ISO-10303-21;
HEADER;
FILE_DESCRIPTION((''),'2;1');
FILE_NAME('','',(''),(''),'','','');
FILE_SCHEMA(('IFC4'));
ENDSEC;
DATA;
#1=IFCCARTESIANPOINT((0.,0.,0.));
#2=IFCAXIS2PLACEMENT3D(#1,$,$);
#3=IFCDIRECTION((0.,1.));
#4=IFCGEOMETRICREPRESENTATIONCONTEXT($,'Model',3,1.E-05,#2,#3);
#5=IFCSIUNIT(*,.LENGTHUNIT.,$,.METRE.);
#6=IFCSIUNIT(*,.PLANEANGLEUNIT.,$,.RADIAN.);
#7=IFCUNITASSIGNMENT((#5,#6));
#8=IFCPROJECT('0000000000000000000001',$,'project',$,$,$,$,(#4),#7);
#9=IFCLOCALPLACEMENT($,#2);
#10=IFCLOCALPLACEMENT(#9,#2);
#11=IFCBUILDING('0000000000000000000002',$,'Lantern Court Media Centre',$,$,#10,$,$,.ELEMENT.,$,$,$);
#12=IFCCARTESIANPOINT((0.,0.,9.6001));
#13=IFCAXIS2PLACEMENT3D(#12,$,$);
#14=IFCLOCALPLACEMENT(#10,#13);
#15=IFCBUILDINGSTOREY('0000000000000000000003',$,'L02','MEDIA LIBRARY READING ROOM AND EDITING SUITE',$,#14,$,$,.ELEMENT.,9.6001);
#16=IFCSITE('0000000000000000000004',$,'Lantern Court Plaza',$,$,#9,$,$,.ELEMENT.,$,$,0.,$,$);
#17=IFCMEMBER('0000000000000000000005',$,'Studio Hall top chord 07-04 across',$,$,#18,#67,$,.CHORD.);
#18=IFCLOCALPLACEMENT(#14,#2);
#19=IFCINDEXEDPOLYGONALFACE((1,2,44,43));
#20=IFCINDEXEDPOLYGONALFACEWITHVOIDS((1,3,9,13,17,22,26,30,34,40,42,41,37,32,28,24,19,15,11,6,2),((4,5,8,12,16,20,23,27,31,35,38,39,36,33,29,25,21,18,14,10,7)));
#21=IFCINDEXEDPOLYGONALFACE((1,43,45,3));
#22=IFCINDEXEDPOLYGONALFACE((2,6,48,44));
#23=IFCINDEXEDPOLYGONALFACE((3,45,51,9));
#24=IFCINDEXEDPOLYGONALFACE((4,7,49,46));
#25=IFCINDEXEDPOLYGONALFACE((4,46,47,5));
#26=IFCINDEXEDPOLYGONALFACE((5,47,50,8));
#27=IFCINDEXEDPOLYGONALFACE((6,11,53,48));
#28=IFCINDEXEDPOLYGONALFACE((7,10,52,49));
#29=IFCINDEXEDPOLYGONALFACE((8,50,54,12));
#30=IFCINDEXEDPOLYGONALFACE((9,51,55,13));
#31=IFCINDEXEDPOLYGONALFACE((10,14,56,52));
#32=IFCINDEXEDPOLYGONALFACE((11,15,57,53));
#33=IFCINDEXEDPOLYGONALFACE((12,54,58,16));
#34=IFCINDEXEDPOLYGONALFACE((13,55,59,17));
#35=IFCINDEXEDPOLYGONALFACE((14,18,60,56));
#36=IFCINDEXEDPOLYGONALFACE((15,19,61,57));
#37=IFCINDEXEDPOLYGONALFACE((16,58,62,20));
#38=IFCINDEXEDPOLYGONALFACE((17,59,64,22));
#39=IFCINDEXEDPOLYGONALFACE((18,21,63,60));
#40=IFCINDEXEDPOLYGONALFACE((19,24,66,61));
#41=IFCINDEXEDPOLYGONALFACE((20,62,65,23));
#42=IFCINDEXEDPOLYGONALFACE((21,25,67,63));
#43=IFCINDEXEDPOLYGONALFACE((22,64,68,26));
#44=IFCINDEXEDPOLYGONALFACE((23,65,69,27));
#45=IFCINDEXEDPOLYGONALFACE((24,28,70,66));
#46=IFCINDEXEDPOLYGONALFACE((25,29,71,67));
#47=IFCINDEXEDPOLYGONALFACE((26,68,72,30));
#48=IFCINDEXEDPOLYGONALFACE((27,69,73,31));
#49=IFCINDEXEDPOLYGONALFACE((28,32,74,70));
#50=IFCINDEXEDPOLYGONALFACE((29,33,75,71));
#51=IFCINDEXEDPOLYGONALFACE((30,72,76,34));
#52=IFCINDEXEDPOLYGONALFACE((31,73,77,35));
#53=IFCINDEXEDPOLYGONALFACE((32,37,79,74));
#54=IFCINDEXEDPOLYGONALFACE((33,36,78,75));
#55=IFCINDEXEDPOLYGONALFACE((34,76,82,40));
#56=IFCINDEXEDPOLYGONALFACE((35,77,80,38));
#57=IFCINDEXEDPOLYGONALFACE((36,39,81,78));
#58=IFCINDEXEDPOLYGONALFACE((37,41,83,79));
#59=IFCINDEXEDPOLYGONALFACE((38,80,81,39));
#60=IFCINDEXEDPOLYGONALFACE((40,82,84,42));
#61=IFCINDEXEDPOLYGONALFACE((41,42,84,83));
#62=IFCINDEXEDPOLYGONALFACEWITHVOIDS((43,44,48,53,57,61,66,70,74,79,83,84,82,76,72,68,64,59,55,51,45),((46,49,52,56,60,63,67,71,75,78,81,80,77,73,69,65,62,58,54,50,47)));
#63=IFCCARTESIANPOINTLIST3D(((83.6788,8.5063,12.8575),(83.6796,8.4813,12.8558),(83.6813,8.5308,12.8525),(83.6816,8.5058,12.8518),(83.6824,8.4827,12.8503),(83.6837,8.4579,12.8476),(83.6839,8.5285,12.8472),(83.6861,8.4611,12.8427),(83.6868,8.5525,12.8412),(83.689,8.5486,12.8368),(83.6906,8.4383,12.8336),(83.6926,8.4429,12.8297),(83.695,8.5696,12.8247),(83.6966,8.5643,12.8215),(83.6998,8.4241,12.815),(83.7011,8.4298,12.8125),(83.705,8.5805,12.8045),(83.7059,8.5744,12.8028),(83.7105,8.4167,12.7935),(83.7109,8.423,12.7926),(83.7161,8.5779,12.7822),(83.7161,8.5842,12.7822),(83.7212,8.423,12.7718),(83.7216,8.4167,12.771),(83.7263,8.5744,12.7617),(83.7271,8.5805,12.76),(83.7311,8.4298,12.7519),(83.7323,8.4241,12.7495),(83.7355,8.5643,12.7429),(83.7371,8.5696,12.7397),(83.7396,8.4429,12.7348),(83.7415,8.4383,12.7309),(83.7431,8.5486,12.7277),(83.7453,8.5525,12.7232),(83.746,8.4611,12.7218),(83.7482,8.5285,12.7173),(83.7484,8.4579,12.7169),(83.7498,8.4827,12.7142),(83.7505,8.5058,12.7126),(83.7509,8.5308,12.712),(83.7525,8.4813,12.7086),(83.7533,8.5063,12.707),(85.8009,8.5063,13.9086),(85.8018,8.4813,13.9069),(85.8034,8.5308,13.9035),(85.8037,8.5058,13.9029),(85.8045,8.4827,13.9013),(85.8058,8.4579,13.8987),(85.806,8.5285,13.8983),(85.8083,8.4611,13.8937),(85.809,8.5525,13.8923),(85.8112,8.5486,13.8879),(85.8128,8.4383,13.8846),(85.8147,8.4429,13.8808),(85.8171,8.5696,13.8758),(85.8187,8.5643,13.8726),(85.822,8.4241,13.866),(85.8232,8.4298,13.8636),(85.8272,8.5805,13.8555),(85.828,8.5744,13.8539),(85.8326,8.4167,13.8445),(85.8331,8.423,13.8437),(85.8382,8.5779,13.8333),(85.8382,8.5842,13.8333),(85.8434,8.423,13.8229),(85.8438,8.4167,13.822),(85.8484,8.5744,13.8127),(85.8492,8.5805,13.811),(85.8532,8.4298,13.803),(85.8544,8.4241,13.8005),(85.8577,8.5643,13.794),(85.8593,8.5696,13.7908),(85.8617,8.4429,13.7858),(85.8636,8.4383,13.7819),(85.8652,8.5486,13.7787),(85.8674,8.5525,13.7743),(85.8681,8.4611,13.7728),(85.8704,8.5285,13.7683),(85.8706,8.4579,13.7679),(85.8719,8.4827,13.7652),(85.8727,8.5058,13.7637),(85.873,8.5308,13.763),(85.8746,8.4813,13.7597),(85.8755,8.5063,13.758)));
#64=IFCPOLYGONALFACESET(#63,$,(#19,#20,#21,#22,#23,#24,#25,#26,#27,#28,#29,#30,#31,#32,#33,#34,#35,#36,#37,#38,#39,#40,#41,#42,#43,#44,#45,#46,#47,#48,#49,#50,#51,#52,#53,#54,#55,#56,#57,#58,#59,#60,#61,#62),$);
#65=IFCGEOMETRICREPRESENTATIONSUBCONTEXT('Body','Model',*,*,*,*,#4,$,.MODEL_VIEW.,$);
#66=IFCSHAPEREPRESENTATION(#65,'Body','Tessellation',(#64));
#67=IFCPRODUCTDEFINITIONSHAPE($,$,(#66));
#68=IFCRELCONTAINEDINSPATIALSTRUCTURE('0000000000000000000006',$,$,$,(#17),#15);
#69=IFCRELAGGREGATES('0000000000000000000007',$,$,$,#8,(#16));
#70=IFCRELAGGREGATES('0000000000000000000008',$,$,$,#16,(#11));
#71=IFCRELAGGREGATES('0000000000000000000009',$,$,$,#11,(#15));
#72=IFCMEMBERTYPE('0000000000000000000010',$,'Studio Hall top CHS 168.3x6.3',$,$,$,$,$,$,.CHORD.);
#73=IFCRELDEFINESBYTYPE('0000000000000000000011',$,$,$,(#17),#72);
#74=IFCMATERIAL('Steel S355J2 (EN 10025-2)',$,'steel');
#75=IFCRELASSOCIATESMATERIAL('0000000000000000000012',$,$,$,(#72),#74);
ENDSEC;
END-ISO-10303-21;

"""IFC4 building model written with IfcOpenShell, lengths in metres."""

from ifc_helpers import new_model, si_unit, direction, frame, origin, origin_2d, place, context, subcontext, project, spatial, hollow_circle, extrude, material, material_profile, profile_set, type_object, element, save


model = new_model("IFC4")

# Units and contexts
model_context = context("Model", 3, precision=1e-05, world=origin(), true_north=direction((0.0, 1.0)))
body_context = subcontext(model_context, "Body", "Model", "MODEL_VIEW")
ifc_project = project(units=[si_unit("LENGTHUNIT", "METRE"), si_unit("PLANEANGLEUNIT", "RADIAN")], contexts=[model_context])

# Site, building, storey
site_placement = place(None, origin())
site = spatial("IfcSite", under=ifc_project, at=site_placement, Name="Lantern Court Plaza", CompositionType="ELEMENT", RefElevation=0.0)
building_placement = place(site_placement, origin())
building = spatial("IfcBuilding", under=site, at=building_placement, Name="Lantern Court Media Centre", CompositionType="ELEMENT")
storey_placement = place(building_placement, frame((0.0, 0.0, 9.6001)))
storey = spatial("IfcBuildingStorey", under=building, at=storey_placement, Name="L02", Description="MEDIA LIBRARY READING ROOM AND EDITING SUITE", CompositionType="ELEMENT", Elevation=9.6001)

# Member
ifc_material = material(Name="Steel S355J2 (EN 10025-2)", Category="steel")
ifc_material_profile_1 = material_profile(ifc_material, hollow_circle(Radius=0.0842, WallThickness=0.0063, at=origin_2d()), Name="Studio Hall top CHS 168.3x6.3")
ifc_profile_set_1 = profile_set([ifc_material_profile_1], Name="Steel S355J2 (EN 10025-2)")
member_type_1 = type_object("IfcMemberType", Name="Studio Hall top CHS 168.3x6.3", PredefinedType="CHORD", material=ifc_profile_set_1)
for number, where, z_axis, x_axis, name in (
    (1, (83.7161, 8.5, 12.7822), (0.896112, 0.0, 0.443829), (0.0, 1.0, 0.0), "Studio Hall top chord 07-04 across"),
):
    element("IfcMember", number, at=place(storey_placement, frame(where, z_axis=z_axis, x_axis=x_axis)), inside=storey, type_object=member_type_1, Name=name, PredefinedType="CHORD", context=body_context, shape_type="SweptSolid", body=[
        extrude(hollow_circle(Radius=0.0842, WallThickness=0.0063, at=origin_2d()), origin(), (0.0, 0.0, 1.0), 2.3682),
    ])

save(model, "model.ifc")
